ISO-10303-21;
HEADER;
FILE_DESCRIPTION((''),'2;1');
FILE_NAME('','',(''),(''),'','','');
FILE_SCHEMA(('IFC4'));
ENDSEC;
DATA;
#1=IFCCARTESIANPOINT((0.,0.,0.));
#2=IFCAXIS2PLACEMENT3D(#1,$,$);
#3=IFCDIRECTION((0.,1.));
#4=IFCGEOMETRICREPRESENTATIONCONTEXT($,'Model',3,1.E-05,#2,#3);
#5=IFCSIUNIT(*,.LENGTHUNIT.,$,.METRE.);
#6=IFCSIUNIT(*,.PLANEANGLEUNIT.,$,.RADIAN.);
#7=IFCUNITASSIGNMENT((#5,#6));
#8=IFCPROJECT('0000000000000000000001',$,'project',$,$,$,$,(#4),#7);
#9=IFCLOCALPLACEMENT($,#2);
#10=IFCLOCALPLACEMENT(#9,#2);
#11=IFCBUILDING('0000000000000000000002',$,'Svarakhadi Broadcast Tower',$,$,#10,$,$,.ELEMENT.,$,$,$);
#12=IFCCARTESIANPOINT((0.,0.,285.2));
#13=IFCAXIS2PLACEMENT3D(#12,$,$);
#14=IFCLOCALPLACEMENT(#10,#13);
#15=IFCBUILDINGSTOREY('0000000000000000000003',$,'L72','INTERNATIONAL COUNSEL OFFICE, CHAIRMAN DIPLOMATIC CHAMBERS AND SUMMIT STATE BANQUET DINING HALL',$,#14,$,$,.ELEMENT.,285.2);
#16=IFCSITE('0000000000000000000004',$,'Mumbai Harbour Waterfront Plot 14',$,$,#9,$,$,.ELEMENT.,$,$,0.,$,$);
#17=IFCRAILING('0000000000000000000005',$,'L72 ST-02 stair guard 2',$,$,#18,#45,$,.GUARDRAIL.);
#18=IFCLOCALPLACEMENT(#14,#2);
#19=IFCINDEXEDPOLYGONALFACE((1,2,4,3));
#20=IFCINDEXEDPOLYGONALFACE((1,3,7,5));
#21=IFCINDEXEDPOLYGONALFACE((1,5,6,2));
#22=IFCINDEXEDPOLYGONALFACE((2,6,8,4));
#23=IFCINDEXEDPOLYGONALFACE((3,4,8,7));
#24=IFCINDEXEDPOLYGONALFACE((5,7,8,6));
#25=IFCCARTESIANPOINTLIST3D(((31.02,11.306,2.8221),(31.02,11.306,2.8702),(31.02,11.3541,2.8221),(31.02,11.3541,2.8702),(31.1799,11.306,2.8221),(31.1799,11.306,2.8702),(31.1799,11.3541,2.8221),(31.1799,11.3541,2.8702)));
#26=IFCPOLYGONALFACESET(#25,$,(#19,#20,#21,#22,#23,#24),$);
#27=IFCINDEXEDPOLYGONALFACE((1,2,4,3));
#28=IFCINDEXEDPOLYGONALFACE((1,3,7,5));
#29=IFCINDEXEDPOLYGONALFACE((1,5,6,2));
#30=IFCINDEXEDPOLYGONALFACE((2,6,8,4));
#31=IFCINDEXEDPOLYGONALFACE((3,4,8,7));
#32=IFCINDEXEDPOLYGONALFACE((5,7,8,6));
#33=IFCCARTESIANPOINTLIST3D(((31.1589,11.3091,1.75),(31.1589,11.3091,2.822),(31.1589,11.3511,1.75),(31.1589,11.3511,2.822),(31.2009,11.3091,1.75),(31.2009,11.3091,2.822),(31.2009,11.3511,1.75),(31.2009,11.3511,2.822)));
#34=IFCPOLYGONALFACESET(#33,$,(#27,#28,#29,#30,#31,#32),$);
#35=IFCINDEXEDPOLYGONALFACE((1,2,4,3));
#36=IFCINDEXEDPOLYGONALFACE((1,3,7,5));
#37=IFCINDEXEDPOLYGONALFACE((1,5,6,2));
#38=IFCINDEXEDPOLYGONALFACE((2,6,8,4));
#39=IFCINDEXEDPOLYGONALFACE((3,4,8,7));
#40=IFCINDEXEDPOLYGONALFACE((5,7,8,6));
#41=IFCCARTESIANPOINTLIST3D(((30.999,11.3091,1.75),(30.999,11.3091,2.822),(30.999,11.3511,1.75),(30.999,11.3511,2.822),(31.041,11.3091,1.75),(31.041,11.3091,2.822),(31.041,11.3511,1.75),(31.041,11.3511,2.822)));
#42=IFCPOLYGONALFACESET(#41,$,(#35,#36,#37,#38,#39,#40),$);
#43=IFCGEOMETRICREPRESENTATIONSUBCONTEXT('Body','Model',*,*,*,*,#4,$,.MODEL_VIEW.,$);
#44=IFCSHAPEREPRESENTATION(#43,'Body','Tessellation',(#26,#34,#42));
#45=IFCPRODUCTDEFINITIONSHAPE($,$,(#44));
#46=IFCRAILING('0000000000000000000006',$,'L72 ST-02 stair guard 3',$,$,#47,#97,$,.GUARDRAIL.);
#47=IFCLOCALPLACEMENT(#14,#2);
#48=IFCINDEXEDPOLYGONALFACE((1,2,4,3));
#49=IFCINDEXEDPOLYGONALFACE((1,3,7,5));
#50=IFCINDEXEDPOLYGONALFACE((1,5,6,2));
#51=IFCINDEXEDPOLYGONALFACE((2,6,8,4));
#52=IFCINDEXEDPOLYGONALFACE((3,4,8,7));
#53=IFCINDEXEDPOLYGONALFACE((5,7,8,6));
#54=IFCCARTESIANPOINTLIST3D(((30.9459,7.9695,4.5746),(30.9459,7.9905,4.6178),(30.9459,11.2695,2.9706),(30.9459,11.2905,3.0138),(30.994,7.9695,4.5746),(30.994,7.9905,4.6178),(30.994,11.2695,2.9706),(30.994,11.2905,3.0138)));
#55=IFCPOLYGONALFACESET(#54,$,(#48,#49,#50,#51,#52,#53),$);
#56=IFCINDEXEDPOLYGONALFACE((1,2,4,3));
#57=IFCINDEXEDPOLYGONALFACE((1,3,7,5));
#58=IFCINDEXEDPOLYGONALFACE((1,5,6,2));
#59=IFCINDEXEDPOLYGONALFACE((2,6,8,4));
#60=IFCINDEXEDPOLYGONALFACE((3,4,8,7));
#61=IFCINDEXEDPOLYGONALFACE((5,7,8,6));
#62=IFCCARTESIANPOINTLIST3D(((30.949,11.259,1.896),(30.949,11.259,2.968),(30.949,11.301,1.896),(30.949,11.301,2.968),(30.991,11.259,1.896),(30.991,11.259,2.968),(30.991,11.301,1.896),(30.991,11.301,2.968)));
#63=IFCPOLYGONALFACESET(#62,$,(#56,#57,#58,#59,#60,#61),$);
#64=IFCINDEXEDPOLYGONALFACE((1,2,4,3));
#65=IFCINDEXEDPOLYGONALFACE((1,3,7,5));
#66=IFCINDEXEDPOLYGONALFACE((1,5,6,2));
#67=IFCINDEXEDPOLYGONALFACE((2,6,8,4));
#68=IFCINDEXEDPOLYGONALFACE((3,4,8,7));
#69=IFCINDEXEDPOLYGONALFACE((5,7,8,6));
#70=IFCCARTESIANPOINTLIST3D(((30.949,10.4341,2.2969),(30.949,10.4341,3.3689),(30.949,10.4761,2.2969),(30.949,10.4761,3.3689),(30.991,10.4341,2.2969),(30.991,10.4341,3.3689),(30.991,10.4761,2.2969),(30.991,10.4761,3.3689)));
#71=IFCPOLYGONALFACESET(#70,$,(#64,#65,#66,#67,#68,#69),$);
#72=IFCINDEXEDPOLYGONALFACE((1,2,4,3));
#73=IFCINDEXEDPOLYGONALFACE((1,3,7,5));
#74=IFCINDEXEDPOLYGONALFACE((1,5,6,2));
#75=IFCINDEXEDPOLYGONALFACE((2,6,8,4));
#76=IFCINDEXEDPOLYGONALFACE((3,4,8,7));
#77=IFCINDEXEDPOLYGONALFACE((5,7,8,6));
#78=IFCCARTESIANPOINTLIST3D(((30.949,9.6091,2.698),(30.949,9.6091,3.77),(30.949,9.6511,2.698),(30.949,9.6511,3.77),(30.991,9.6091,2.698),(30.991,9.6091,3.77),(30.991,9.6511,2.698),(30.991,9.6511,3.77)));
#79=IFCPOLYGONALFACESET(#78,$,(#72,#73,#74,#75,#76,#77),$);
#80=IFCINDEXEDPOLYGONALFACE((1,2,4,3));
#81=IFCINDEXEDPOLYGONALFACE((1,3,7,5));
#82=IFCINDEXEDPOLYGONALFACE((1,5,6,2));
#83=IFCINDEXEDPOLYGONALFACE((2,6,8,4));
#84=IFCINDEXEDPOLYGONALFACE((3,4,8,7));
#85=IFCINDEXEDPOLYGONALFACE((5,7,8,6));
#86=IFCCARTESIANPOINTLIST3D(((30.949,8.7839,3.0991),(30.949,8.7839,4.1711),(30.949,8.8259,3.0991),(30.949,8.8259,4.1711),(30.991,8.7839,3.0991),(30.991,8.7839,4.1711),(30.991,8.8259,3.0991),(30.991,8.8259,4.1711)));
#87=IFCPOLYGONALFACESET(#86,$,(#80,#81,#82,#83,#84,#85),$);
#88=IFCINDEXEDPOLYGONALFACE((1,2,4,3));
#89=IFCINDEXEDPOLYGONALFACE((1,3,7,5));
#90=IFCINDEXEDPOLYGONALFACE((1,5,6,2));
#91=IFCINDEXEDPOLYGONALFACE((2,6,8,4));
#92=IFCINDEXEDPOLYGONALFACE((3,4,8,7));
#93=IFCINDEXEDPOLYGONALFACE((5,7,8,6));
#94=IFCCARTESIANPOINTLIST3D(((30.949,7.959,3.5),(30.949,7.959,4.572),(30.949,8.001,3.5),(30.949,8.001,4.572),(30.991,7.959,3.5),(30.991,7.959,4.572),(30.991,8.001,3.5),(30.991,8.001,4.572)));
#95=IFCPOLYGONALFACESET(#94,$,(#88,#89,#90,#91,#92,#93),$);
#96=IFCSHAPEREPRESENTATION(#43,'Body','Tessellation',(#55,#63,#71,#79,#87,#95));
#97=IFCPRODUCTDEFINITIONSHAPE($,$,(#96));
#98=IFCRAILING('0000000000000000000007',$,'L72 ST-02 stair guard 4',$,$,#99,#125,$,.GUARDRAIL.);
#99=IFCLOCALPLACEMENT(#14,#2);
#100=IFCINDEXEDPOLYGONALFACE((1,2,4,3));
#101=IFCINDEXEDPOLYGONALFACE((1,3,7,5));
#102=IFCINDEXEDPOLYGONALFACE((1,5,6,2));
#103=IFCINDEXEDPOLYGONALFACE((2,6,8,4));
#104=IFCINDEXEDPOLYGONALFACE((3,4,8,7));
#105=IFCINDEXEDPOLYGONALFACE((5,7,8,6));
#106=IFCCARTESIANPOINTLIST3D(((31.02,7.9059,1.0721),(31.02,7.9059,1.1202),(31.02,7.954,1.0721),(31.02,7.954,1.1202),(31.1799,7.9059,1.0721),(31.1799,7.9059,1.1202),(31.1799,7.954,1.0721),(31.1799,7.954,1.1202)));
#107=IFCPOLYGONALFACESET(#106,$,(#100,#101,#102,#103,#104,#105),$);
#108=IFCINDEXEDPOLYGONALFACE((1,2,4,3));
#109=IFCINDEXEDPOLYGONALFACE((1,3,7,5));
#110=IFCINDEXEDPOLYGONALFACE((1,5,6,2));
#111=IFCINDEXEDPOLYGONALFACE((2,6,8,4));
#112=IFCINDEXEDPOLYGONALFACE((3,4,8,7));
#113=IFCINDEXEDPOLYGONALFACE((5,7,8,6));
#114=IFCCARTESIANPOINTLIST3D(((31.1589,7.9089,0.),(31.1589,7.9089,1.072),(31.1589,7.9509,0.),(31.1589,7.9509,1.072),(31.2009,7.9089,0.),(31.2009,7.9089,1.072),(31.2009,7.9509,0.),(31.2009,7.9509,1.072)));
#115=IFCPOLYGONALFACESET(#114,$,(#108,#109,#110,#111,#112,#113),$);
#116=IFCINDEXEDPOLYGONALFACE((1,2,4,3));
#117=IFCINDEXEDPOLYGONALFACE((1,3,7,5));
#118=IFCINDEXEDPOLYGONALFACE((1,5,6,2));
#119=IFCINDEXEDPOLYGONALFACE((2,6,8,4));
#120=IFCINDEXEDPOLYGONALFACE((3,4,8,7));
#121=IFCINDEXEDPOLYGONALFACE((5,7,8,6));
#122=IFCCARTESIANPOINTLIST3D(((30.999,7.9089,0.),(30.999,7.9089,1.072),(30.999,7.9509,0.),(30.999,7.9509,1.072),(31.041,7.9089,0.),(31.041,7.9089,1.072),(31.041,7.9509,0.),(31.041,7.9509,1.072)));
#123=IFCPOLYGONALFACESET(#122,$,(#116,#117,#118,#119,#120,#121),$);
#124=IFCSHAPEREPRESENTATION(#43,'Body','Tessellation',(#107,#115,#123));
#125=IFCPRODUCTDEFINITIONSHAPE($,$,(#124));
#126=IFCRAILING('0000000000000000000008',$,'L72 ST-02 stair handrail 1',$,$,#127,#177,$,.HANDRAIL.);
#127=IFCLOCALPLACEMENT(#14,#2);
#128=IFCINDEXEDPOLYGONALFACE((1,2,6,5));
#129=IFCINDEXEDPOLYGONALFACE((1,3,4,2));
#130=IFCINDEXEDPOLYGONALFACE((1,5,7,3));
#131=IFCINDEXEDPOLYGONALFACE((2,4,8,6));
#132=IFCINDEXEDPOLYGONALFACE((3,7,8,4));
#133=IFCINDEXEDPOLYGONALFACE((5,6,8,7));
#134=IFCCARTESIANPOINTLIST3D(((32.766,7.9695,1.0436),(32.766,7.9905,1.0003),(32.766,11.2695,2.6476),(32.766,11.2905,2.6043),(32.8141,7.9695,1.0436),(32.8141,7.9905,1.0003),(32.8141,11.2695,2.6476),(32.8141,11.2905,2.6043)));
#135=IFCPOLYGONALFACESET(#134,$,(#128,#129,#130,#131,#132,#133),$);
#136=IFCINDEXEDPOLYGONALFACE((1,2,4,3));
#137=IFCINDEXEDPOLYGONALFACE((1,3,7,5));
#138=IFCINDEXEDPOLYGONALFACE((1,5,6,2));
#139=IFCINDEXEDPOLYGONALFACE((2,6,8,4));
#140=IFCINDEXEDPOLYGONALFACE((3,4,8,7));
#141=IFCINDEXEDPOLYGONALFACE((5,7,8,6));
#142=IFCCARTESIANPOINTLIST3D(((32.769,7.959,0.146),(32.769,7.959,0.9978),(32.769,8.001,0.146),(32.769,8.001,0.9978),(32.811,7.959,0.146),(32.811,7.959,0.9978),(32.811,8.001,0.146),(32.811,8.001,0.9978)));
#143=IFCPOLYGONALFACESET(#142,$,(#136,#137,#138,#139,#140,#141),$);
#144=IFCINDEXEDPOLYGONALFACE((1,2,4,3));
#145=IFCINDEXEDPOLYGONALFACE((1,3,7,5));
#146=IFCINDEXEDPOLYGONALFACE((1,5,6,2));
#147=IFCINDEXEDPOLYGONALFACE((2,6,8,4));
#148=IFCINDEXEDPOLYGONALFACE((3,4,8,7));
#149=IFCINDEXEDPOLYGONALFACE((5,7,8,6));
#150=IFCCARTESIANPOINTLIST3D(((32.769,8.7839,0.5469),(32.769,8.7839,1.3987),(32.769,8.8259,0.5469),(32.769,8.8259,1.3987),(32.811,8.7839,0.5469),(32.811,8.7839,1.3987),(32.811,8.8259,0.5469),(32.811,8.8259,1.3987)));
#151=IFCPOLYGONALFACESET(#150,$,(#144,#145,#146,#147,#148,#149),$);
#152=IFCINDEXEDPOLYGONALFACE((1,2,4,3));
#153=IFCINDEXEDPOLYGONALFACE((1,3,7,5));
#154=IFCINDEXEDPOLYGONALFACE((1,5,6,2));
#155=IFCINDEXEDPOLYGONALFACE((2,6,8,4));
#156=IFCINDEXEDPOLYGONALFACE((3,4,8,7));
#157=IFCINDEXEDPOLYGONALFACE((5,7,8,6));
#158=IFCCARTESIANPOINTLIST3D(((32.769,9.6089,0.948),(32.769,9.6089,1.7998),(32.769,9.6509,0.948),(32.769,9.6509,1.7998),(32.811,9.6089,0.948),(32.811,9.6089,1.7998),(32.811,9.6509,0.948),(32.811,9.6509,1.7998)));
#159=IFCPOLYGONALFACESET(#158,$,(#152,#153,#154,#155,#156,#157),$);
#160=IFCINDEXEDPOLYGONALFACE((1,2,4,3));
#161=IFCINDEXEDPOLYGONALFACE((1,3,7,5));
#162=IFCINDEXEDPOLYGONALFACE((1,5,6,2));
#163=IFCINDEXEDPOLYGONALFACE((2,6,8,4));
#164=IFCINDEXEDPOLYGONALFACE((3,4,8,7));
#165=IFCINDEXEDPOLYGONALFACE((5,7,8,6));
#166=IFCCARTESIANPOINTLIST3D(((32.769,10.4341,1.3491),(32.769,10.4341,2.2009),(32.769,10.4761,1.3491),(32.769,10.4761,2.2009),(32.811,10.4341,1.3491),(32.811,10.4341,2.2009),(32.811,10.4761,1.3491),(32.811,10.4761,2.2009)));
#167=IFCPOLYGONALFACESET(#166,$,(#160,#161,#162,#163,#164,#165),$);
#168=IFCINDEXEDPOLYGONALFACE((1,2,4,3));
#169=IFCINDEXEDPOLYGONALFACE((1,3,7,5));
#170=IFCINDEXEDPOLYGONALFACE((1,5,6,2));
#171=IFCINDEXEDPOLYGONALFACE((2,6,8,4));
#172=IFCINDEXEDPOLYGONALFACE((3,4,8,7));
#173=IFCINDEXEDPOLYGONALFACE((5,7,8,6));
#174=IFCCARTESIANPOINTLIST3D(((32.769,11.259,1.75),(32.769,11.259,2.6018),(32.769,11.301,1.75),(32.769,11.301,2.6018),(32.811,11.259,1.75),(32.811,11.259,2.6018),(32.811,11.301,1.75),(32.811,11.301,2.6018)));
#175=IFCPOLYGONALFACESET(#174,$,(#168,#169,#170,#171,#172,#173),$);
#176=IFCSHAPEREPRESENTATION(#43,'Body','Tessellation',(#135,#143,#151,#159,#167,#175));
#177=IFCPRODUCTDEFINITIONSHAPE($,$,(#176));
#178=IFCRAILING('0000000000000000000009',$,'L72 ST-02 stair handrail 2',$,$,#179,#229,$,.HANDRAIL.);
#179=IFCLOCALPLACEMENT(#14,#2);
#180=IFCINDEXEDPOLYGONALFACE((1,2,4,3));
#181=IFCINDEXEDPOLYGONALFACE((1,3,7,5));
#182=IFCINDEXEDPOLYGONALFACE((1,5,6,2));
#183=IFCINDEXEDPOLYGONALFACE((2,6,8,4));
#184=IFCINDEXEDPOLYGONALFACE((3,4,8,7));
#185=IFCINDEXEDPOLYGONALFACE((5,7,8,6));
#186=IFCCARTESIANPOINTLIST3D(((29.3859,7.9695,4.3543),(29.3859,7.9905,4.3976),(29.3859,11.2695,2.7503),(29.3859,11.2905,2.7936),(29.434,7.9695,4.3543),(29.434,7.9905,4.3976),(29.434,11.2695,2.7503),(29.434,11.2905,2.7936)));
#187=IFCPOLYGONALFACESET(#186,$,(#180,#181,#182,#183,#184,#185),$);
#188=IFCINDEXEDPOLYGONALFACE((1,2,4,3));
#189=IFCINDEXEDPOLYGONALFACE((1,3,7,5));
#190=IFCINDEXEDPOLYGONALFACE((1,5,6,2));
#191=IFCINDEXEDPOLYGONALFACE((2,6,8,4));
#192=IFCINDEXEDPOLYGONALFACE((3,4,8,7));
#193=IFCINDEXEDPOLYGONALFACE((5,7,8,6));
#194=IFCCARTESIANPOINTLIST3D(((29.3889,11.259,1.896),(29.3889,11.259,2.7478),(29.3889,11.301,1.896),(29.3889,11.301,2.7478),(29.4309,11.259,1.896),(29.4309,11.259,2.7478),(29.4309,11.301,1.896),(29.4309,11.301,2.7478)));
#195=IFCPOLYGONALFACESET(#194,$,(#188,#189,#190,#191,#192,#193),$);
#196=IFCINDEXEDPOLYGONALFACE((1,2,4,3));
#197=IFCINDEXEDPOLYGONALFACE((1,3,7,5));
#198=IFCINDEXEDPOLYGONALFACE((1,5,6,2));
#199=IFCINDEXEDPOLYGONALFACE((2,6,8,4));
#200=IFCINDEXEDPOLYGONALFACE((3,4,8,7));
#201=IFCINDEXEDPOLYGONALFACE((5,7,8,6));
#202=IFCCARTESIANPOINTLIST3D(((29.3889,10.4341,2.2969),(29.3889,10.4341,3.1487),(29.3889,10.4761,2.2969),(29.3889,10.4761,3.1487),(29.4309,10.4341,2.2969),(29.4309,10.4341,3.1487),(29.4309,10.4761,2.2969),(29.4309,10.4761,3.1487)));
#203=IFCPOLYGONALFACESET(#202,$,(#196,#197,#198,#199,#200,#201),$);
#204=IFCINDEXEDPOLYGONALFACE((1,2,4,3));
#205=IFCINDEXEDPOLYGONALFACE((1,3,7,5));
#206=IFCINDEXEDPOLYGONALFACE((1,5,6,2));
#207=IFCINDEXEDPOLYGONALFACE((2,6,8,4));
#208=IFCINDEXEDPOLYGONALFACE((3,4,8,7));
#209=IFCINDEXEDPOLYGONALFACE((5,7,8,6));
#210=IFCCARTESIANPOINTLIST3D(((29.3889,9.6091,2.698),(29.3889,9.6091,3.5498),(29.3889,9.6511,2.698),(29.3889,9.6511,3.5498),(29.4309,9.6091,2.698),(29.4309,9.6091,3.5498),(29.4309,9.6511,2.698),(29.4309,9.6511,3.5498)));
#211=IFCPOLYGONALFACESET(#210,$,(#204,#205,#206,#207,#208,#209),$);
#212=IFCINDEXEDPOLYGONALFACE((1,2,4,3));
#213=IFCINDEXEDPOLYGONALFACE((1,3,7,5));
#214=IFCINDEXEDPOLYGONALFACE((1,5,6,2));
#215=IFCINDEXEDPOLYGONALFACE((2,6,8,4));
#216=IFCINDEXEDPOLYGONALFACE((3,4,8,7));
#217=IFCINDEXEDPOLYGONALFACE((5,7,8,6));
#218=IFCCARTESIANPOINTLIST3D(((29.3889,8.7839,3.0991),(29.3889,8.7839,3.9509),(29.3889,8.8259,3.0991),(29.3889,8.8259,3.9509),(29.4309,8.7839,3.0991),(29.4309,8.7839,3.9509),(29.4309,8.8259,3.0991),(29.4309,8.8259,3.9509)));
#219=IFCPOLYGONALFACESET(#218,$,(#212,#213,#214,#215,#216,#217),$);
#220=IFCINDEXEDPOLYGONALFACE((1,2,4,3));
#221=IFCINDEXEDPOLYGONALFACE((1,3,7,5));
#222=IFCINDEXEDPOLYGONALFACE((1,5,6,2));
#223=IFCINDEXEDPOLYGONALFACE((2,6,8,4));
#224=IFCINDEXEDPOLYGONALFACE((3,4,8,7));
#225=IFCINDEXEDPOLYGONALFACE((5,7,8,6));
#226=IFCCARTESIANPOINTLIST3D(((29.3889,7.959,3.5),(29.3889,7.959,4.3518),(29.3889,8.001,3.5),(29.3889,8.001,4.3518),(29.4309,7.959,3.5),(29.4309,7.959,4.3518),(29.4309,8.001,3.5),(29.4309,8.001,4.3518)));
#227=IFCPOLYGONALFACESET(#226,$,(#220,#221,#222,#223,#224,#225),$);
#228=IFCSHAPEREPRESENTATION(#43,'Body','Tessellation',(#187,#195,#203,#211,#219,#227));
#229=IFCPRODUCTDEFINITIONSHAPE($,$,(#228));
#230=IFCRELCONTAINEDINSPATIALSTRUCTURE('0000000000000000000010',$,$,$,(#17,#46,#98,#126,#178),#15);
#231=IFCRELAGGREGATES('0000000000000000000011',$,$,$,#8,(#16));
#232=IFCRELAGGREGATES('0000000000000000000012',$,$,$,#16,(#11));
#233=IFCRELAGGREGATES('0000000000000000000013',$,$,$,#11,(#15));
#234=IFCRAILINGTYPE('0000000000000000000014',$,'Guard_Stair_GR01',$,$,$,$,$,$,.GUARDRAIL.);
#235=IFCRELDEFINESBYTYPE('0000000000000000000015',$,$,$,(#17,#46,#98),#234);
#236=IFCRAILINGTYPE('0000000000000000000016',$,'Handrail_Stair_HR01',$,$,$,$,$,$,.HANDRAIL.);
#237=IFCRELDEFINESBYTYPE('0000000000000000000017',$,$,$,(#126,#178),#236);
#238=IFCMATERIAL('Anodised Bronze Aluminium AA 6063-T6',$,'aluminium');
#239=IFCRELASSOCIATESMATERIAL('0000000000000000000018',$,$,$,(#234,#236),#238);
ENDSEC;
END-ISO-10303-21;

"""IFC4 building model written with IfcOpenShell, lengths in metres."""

from ifc_helpers import new_model, si_unit, direction, frame, origin, origin_2d, place, context, subcontext, project, spatial, rectangle, extrude, material, type_object, element, save


model = new_model("IFC4")

# Units and contexts
model_context = context("Model", 3, precision=1e-05, world=origin(), true_north=direction((0.0, 1.0)))
body_context = subcontext(model_context, "Body", "Model", "MODEL_VIEW")
ifc_project = project(units=[si_unit("LENGTHUNIT", "METRE"), si_unit("PLANEANGLEUNIT", "RADIAN")], contexts=[model_context])

# Site, building, storey
site_placement = place(None, origin())
site = spatial("IfcSite", under=ifc_project, at=site_placement, Name="Mumbai Harbour Waterfront Plot 14", CompositionType="ELEMENT", RefElevation=0.0)
building_placement = place(site_placement, origin())
building = spatial("IfcBuilding", under=site, at=building_placement, Name="Svarakhadi Broadcast Tower", CompositionType="ELEMENT")
storey_placement = place(building_placement, frame((0.0, 0.0, 285.2)))
storey = spatial("IfcBuildingStorey", under=building, at=storey_placement, Name="L72", Description="INTERNATIONAL COUNSEL OFFICE, CHAIRMAN DIPLOMATIC CHAMBERS AND SUMMIT STATE BANQUET DINING HALL", CompositionType="ELEMENT", Elevation=285.2)

# Shared definitions
ifc_material_1 = material(Name="Anodised Bronze Aluminium AA 6063-T6", Category="aluminium")

# Railings
railing_type_1 = type_object("IfcRailingType", Name="Guard_Stair_GR01", PredefinedType="GUARDRAIL", material=ifc_material_1)
railing_1_placement = place(storey_placement, frame((31.1799, 11.3301, 1.75)))
element("IfcRailing", 1, at=railing_1_placement, inside=storey, type_object=railing_type_1, Name="L72 ST-02 stair guard 2", PredefinedType="GUARDRAIL", context=body_context, shape_type="SweptSolid", body=[
    extrude(rectangle(XDim=0.0481, YDim=0.0481, at=origin_2d()), frame((0.0, 0.0, 1.0962), z_axis=(-1.0, 0.0, 0.0), x_axis=(0.0, -1.0, 0.0)), (0.0, 0.0, 1.0), 0.1599),
    extrude(rectangle(XDim=0.042, YDim=0.042, at=origin_2d()), origin(), (0.0, 0.0, 1.0), 1.072),
    extrude(rectangle(XDim=0.042, YDim=0.042, at=origin_2d()), frame((-0.1599, 0.0, 0.0)), (0.0, 0.0, 1.0), 1.072),
])
railing_2_placement = place(storey_placement, frame((30.97, 11.28, 1.896)))
element("IfcRailing", 2, at=railing_2_placement, inside=storey, type_object=railing_type_1, Name="L72 ST-02 stair guard 3", PredefinedType="GUARDRAIL", context=body_context, shape_type="SweptSolid", body=[
    extrude(rectangle(XDim=0.0481, YDim=0.0481, at=origin_2d()), frame((0.0, 0.0, 1.0962), z_axis=(0.0, -0.899388, 0.437152), x_axis=(1.0, 0.0, 0.0)), (0.0, 0.0, 1.0), 3.6692),
    extrude(rectangle(XDim=0.042, YDim=0.042, at=origin_2d()), origin(), (0.0, 0.0, 1.0), 1.072),
    extrude(rectangle(XDim=0.042, YDim=0.042, at=origin_2d()), frame((0.0, -0.825, 0.4009)), (0.0, 0.0, 1.0), 1.072),
    extrude(rectangle(XDim=0.042, YDim=0.042, at=origin_2d()), frame((0.0, -1.6499, 0.802)), (0.0, 0.0, 1.0), 1.072),
    extrude(rectangle(XDim=0.042, YDim=0.042, at=origin_2d()), frame((0.0, -2.4751, 1.2031)), (0.0, 0.0, 1.0), 1.072),
    extrude(rectangle(XDim=0.042, YDim=0.042, at=origin_2d()), frame((0.0, -3.3, 1.604)), (0.0, 0.0, 1.0), 1.072),
])
railing_3_placement = place(storey_placement, frame((31.1799, 7.9299, 0.0)))
element("IfcRailing", 3, at=railing_3_placement, inside=storey, type_object=railing_type_1, Name="L72 ST-02 stair guard 4", PredefinedType="GUARDRAIL", context=body_context, shape_type="SweptSolid", body=[
    extrude(rectangle(XDim=0.0481, YDim=0.0481, at=origin_2d()), frame((0.0, 0.0, 1.0962), z_axis=(-1.0, 0.0, 0.0), x_axis=(0.0, -1.0, 0.0)), (0.0, 0.0, 1.0), 0.1599),
    extrude(rectangle(XDim=0.042, YDim=0.042, at=origin_2d()), origin(), (0.0, 0.0, 1.0), 1.072),
    extrude(rectangle(XDim=0.042, YDim=0.042, at=origin_2d()), frame((-0.1599, 0.0, 0.0)), (0.0, 0.0, 1.0), 1.072),
])
railing_type_2 = type_object("IfcRailingType", Name="Handrail_Stair_HR01", PredefinedType="HANDRAIL", material=ifc_material_1)
railing_4_placement = place(storey_placement, frame((32.79, 7.98, 0.146)))
element("IfcRailing", 4, at=railing_4_placement, inside=storey, type_object=railing_type_2, Name="L72 ST-02 stair handrail 1", PredefinedType="HANDRAIL", context=body_context, shape_type="SweptSolid", body=[
    extrude(rectangle(XDim=0.0481, YDim=0.0481, at=origin_2d()), frame((0.0, 0.0, 0.876), z_axis=(0.0, 0.899388, 0.437152), x_axis=(-1.0, 0.0, 0.0)), (0.0, 0.0, 1.0), 3.6692),
    extrude(rectangle(XDim=0.042, YDim=0.042, at=origin_2d()), origin(), (0.0, 0.0, 1.0), 0.8518),
    extrude(rectangle(XDim=0.042, YDim=0.042, at=origin_2d()), frame((0.0, 0.825, 0.4009)), (0.0, 0.0, 1.0), 0.8518),
    extrude(rectangle(XDim=0.042, YDim=0.042, at=origin_2d()), frame((0.0, 1.6499, 0.802)), (0.0, 0.0, 1.0), 0.8518),
    extrude(rectangle(XDim=0.042, YDim=0.042, at=origin_2d()), frame((0.0, 2.4751, 1.2031)), (0.0, 0.0, 1.0), 0.8518),
    extrude(rectangle(XDim=0.042, YDim=0.042, at=origin_2d()), frame((0.0, 3.3, 1.604)), (0.0, 0.0, 1.0), 0.8518),
])
railing_5_placement = place(storey_placement, frame((29.4099, 11.28, 1.896)))
element("IfcRailing", 5, at=railing_5_placement, inside=storey, type_object=railing_type_2, Name="L72 ST-02 stair handrail 2", PredefinedType="HANDRAIL", context=body_context, shape_type="SweptSolid", body=[
    extrude(rectangle(XDim=0.0481, YDim=0.0481, at=origin_2d()), frame((0.0, 0.0, 0.876), z_axis=(0.0, -0.899388, 0.437152), x_axis=(1.0, 0.0, 0.0)), (0.0, 0.0, 1.0), 3.6692),
    extrude(rectangle(XDim=0.042, YDim=0.042, at=origin_2d()), origin(), (0.0, 0.0, 1.0), 0.8518),
    extrude(rectangle(XDim=0.042, YDim=0.042, at=origin_2d()), frame((0.0, -0.825, 0.4009)), (0.0, 0.0, 1.0), 0.8518),
    extrude(rectangle(XDim=0.042, YDim=0.042, at=origin_2d()), frame((0.0, -1.6499, 0.802)), (0.0, 0.0, 1.0), 0.8518),
    extrude(rectangle(XDim=0.042, YDim=0.042, at=origin_2d()), frame((0.0, -2.4751, 1.2031)), (0.0, 0.0, 1.0), 0.8518),
    extrude(rectangle(XDim=0.042, YDim=0.042, at=origin_2d()), frame((0.0, -3.3, 1.604)), (0.0, 0.0, 1.0), 0.8518),
])

save(model, "model.ifc")
